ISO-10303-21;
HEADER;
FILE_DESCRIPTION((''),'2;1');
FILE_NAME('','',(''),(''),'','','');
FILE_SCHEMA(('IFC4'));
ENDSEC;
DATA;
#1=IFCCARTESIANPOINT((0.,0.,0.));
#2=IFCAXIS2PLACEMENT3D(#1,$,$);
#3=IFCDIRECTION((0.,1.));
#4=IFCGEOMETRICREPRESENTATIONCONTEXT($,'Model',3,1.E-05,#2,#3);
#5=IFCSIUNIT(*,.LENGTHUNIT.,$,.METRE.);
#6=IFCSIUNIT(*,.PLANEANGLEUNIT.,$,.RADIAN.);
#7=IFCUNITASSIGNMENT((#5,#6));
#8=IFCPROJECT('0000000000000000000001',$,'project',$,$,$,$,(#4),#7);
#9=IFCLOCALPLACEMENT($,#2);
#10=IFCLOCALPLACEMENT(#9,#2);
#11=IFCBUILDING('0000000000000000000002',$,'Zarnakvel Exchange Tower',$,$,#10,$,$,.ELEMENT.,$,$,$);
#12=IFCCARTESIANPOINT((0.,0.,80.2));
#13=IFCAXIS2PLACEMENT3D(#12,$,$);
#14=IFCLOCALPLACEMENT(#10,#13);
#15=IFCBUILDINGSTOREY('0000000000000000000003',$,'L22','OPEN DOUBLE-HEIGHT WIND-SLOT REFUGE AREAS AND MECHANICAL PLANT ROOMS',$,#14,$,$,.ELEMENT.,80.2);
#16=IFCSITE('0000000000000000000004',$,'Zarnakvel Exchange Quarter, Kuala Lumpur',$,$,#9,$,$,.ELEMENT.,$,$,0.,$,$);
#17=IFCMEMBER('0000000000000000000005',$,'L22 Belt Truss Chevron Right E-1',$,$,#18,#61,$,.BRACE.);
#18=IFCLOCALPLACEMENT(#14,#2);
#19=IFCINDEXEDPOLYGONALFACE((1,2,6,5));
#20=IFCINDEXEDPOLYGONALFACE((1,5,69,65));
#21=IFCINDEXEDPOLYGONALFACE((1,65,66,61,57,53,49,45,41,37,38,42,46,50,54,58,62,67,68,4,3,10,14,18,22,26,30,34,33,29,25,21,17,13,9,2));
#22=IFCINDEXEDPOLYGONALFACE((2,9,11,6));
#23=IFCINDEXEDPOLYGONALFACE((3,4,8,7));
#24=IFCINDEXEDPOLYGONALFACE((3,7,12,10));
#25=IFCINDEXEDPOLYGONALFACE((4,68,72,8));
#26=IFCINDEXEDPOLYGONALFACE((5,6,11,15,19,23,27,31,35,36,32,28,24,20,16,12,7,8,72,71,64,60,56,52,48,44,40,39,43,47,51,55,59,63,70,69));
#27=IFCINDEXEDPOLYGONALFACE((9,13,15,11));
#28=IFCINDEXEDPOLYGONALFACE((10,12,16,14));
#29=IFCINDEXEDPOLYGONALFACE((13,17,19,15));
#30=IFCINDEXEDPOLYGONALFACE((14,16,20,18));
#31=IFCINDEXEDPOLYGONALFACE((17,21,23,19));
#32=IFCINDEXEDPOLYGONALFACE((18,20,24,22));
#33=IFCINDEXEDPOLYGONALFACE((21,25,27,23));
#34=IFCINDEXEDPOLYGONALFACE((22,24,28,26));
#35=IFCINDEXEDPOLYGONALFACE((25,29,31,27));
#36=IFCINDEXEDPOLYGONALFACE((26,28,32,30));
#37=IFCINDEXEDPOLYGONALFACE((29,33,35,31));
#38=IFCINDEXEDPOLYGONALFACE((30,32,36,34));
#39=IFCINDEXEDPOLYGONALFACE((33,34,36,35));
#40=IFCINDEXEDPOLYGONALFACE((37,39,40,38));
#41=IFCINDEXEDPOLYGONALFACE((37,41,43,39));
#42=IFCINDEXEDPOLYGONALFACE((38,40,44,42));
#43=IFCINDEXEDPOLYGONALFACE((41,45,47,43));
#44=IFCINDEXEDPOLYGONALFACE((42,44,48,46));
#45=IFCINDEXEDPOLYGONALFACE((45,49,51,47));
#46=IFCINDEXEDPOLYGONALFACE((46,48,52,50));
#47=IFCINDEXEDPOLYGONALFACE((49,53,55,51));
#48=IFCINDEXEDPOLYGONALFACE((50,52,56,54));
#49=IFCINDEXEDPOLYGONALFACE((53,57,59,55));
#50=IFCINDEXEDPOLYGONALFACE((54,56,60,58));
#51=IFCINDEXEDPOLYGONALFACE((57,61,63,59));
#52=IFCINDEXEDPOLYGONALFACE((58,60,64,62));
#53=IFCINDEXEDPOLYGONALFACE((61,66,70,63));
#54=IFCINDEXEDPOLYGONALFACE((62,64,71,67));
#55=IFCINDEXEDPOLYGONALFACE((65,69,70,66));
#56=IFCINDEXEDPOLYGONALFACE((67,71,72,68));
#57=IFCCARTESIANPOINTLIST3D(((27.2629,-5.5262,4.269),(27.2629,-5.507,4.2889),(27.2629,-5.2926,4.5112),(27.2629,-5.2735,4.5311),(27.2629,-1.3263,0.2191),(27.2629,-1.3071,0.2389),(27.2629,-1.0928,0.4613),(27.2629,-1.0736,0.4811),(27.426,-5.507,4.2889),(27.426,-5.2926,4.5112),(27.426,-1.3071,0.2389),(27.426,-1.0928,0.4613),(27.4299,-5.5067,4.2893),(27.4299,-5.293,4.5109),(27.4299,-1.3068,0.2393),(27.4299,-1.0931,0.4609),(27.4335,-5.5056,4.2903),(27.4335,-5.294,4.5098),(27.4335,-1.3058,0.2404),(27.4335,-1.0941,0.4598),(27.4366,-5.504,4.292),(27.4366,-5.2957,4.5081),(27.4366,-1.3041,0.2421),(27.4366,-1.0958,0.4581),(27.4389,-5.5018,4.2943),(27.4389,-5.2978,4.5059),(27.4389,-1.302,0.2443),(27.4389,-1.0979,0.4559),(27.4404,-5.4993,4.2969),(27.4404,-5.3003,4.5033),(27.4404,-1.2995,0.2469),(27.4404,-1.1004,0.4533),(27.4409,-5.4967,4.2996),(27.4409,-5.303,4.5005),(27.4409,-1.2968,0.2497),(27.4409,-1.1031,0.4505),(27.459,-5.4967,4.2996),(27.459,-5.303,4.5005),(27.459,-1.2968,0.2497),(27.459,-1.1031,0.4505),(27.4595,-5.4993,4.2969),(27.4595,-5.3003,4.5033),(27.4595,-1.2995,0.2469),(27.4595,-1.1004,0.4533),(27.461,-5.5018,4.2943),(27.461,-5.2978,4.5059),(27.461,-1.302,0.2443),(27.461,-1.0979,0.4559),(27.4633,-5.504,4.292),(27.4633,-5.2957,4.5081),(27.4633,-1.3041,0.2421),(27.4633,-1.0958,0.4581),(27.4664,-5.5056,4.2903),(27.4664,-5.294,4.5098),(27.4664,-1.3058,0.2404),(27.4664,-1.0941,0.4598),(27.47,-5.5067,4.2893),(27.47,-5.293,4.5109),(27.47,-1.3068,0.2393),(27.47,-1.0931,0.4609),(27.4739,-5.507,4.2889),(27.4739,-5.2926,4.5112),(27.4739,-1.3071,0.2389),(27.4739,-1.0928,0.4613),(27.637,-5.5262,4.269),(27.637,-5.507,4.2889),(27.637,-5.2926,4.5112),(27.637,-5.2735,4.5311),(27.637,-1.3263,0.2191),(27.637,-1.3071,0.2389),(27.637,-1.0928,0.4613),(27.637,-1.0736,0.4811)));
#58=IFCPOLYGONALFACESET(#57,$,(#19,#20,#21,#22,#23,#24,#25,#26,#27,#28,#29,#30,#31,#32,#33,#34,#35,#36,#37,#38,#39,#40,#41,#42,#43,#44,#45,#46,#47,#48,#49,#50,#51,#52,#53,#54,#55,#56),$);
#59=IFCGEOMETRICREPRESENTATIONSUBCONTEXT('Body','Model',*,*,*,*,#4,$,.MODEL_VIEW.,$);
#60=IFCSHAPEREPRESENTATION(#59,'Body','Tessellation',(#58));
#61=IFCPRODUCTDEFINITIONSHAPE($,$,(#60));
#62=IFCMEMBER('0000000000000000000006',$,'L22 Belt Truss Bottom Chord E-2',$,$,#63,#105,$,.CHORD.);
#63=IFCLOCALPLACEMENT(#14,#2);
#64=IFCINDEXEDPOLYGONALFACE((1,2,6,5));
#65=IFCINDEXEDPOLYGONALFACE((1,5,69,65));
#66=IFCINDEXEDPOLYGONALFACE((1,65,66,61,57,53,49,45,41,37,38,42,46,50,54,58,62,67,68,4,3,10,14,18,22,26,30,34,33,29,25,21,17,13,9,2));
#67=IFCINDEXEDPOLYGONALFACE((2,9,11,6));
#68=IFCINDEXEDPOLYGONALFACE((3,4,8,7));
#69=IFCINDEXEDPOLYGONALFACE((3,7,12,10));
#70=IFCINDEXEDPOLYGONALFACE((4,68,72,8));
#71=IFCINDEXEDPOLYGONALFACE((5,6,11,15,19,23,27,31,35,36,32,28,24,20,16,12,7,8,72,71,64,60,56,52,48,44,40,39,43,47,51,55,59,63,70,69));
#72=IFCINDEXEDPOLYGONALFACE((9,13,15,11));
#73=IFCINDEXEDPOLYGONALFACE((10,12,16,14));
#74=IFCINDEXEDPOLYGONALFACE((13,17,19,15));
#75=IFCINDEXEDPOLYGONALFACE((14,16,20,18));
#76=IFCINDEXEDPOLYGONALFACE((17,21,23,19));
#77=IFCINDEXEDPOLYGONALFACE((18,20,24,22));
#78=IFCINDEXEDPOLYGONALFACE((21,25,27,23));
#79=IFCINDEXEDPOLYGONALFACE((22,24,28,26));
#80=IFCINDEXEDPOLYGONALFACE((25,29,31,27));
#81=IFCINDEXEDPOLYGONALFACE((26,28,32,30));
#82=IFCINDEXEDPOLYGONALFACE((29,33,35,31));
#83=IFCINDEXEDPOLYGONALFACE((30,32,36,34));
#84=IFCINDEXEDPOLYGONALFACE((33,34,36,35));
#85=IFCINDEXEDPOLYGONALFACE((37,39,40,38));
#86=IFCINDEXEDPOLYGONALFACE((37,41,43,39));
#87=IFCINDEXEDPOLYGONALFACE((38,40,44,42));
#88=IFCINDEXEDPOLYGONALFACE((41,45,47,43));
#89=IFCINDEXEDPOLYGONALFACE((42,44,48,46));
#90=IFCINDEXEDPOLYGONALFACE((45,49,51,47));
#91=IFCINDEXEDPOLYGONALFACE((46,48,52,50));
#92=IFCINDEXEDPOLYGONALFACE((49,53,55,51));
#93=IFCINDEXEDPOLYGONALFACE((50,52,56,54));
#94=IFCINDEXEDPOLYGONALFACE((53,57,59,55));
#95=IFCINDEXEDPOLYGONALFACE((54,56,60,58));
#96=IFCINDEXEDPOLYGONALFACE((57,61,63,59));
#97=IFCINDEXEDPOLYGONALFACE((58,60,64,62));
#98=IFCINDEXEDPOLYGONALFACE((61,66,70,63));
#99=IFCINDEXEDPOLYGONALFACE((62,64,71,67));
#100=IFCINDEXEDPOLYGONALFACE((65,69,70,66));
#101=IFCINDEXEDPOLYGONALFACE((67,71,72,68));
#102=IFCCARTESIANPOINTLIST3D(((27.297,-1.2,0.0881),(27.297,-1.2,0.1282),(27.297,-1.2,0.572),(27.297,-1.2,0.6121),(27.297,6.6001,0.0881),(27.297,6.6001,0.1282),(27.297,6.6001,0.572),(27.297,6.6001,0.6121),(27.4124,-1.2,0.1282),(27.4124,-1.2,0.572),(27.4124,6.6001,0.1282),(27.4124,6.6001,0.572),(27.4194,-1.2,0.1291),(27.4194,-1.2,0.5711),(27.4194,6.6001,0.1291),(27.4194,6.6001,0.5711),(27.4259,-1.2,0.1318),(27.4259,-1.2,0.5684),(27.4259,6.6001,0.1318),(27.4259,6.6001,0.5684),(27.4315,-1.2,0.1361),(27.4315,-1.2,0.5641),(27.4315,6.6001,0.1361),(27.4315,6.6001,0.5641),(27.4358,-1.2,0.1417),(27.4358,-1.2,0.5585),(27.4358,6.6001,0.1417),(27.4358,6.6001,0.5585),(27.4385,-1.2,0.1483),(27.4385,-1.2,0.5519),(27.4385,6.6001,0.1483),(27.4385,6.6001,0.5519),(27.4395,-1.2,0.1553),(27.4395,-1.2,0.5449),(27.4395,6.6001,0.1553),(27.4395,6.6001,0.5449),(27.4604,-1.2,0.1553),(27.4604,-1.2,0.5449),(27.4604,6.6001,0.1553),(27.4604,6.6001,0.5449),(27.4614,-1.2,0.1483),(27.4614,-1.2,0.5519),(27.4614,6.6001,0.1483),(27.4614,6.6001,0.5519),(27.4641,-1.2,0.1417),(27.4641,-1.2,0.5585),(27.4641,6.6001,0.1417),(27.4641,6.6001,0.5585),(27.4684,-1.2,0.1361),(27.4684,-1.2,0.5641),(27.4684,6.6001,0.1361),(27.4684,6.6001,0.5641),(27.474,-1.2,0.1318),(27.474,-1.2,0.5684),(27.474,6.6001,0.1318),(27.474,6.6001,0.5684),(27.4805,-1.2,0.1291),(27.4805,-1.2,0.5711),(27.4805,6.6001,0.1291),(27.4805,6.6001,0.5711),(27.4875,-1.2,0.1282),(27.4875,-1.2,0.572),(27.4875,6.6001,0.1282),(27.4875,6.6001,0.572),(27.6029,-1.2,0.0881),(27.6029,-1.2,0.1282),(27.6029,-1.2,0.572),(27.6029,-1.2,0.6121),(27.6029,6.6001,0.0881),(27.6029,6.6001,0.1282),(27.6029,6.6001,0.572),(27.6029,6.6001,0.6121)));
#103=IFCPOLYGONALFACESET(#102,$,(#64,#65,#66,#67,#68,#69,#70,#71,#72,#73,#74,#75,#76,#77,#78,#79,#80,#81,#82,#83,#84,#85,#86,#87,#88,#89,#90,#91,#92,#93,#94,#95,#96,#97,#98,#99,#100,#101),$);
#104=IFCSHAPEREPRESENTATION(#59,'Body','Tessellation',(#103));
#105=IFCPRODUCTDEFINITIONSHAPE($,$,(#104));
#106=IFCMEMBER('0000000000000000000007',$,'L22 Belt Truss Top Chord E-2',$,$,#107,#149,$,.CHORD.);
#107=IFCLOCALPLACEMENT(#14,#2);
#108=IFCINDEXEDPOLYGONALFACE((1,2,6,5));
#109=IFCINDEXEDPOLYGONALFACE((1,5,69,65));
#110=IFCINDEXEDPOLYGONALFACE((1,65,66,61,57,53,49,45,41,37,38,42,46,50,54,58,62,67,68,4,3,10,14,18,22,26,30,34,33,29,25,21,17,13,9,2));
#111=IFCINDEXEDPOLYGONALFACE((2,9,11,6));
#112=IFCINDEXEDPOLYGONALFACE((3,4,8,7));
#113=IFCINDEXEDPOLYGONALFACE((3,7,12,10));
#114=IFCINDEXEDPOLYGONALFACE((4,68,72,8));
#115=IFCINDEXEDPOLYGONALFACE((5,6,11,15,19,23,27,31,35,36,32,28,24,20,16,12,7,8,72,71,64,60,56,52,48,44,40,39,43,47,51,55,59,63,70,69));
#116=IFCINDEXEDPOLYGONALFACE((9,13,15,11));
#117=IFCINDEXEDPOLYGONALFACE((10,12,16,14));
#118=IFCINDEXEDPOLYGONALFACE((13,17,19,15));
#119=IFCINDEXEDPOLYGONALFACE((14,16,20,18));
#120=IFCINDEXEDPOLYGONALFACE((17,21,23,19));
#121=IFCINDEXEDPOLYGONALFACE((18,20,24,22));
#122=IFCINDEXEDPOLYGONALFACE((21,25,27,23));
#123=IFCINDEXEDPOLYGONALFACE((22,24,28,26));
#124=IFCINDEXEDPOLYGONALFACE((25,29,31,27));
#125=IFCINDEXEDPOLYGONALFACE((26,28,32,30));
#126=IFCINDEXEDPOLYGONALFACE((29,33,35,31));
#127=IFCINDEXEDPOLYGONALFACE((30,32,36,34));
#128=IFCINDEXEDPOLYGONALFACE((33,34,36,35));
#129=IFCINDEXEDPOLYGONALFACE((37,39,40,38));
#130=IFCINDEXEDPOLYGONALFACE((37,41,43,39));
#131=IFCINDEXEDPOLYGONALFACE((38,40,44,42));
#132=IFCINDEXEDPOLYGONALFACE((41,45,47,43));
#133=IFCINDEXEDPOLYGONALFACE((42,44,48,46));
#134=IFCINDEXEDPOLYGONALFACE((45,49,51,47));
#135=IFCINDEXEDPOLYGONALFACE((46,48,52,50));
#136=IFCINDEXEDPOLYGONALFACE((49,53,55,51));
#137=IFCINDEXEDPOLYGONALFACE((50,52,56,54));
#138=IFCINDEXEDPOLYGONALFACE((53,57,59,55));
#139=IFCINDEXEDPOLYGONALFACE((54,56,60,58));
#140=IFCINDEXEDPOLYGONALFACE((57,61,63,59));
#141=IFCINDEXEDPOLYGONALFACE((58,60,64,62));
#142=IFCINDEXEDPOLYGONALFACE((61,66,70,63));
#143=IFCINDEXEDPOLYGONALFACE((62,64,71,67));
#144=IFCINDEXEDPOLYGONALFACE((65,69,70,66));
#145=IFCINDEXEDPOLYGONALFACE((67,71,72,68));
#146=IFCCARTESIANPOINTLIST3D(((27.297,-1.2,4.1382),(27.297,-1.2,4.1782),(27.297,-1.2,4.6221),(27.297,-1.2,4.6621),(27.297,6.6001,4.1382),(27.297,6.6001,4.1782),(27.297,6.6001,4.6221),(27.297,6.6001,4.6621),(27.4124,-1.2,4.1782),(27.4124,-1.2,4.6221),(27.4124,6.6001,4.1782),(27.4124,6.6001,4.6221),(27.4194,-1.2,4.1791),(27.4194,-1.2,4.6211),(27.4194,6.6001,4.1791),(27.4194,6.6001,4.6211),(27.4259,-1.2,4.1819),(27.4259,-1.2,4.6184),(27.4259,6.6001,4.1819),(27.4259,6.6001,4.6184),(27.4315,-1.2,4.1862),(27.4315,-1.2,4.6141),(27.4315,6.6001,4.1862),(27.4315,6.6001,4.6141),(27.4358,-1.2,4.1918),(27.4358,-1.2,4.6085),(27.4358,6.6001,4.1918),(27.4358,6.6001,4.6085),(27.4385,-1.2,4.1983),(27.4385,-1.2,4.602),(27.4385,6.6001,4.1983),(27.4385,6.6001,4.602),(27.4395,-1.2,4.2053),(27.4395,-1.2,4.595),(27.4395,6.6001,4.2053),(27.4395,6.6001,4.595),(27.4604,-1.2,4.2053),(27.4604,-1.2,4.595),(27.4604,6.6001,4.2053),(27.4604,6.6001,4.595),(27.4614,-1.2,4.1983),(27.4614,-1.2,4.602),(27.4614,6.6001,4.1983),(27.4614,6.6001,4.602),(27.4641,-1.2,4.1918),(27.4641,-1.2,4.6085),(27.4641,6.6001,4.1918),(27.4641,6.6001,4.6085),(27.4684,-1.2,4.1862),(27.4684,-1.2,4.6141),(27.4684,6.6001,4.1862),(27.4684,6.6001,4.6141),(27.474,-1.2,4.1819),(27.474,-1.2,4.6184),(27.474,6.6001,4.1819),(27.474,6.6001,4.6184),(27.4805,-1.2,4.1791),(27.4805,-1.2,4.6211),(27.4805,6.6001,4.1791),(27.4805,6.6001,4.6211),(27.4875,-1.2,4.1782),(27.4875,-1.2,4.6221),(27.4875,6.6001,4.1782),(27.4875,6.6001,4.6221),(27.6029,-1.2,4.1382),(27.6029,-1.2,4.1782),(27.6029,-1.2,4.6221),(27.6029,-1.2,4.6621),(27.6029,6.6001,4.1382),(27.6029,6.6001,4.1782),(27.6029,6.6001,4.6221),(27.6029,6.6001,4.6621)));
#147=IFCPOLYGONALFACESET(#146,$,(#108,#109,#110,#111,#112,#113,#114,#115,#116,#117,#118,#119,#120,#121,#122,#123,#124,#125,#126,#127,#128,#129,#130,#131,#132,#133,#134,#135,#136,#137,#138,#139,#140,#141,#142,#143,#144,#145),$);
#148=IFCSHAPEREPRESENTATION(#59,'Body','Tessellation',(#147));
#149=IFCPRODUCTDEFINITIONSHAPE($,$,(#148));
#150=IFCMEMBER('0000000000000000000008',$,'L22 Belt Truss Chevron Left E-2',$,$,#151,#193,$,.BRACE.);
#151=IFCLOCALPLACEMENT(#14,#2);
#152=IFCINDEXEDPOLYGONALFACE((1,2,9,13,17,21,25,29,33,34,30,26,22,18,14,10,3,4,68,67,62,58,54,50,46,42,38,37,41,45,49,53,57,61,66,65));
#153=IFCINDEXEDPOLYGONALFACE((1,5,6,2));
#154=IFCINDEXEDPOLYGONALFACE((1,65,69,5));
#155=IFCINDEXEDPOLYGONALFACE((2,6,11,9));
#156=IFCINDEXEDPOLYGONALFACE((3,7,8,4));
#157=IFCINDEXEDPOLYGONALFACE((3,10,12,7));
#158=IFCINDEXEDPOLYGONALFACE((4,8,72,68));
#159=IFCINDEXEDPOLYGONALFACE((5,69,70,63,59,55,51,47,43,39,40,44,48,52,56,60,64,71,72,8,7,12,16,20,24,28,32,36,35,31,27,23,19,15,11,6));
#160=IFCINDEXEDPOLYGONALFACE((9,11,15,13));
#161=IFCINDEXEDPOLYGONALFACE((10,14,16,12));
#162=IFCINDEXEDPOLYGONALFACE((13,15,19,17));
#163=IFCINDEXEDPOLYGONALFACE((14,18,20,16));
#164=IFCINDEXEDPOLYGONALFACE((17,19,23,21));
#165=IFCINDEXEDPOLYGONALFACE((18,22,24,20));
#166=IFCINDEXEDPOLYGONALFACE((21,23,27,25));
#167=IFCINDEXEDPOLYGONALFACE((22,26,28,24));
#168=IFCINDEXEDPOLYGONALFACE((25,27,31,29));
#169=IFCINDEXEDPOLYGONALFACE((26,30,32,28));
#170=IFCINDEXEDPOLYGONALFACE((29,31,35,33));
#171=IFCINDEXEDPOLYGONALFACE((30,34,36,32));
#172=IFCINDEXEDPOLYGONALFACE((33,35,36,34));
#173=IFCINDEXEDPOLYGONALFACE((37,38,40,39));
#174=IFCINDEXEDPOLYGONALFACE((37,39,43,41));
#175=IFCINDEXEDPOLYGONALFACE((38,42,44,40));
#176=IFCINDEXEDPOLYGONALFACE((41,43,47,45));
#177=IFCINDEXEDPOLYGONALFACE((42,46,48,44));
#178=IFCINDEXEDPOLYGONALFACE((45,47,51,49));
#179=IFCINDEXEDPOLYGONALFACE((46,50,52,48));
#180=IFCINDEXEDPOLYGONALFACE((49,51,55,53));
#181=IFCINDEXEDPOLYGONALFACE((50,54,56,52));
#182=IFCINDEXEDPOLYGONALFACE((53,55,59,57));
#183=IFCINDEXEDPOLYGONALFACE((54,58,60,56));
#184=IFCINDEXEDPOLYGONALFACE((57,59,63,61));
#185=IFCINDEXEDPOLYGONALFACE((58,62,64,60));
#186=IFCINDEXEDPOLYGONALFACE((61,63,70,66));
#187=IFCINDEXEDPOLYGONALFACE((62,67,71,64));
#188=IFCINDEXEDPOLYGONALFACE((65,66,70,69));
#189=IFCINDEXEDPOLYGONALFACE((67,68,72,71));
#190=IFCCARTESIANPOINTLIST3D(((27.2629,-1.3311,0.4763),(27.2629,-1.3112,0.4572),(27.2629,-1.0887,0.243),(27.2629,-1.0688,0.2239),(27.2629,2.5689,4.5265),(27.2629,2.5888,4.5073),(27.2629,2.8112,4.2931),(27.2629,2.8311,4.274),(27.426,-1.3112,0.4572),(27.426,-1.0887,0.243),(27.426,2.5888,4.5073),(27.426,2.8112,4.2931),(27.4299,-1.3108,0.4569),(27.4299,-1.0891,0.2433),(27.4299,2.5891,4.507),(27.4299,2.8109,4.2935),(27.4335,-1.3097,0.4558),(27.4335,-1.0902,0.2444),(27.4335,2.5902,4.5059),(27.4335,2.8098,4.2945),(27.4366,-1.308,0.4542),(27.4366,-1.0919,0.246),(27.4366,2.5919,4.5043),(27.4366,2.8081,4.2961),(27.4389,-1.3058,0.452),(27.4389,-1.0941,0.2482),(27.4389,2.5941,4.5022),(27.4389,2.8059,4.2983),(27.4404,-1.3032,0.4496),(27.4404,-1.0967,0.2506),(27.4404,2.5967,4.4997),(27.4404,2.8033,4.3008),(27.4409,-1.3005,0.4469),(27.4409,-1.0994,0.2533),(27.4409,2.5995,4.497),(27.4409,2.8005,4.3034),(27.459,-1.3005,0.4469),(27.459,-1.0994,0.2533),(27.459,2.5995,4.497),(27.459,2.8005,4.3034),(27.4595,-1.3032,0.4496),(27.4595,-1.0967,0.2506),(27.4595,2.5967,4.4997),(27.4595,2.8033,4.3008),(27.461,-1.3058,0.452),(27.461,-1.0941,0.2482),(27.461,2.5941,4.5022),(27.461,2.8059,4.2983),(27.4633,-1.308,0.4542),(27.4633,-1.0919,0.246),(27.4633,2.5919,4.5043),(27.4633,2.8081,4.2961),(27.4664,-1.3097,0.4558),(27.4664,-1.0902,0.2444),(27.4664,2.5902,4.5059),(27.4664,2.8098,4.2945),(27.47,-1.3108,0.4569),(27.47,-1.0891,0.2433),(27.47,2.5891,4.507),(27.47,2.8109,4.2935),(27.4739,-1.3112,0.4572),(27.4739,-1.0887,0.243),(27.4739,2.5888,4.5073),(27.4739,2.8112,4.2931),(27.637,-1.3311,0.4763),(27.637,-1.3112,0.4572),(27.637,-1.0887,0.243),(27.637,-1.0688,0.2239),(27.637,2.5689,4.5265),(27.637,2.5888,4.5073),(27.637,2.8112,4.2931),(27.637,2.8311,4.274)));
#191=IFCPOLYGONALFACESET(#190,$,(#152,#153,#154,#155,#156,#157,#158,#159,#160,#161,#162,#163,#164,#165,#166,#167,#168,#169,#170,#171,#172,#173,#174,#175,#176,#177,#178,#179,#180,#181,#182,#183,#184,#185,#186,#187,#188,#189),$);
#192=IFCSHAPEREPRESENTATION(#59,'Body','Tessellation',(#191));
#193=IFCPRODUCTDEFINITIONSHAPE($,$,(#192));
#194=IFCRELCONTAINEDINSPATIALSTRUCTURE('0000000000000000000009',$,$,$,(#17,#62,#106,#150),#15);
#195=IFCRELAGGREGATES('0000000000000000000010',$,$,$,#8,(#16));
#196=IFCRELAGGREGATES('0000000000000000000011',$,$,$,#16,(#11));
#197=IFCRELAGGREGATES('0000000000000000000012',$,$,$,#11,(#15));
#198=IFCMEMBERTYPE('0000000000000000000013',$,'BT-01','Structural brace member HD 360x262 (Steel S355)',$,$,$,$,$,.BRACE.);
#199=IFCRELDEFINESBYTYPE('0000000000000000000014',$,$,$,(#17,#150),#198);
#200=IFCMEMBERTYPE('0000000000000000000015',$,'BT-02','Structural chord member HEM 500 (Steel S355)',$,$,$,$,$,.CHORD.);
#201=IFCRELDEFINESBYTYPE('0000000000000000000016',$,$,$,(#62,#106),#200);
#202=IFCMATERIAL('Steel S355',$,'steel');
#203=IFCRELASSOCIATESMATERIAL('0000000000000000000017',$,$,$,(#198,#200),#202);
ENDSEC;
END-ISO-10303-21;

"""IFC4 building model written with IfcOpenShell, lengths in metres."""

from ifc_helpers import new_model, si_unit, direction, frame, origin, origin_2d, place, context, subcontext, project, spatial, i_section, extrude, source, transform, mapped, material, material_profile, profile_set, type_object, element, save


model = new_model("IFC4")

# Units and contexts
model_context = context("Model", 3, precision=1e-05, world=origin(), true_north=direction((0.0, 1.0)))
body_context = subcontext(model_context, "Body", "Model", "MODEL_VIEW")
ifc_project = project(units=[si_unit("LENGTHUNIT", "METRE"), si_unit("PLANEANGLEUNIT", "RADIAN")], contexts=[model_context])

# Site, building, storey
site_placement = place(None, origin())
site = spatial("IfcSite", under=ifc_project, at=site_placement, Name="Zarnakvel Exchange Quarter, Kuala Lumpur", CompositionType="ELEMENT", RefElevation=0.0)
building_placement = place(site_placement, origin())
building = spatial("IfcBuilding", under=site, at=building_placement, Name="Zarnakvel Exchange Tower", CompositionType="ELEMENT")
storey_placement = place(building_placement, frame((0.0, 0.0, 80.2)))
storey = spatial("IfcBuildingStorey", under=building, at=storey_placement, Name="L22", Description="OPEN DOUBLE-HEIGHT WIND-SLOT REFUGE AREAS AND MECHANICAL PLANT ROOMS", CompositionType="ELEMENT", Elevation=80.2)

# Shared definitions
ifc_material_1 = material(Name="Steel S355", Category="steel")

# Members
ifc_material_profile_1 = material_profile(ifc_material_1, i_section(OverallWidth=0.374, OverallDepth=0.364, WebThickness=0.0181, FlangeThickness=0.0276, FilletRadius=0.0149, at=origin_2d()))
ifc_profile_set_1 = profile_set([ifc_material_profile_1], Name="Steel S355")
member_type_1 = type_object("IfcMemberType", Name="BT-01", Description="Structural brace member HD 360x262 (Steel S355)", PredefinedType="BRACE", material=ifc_profile_set_1)
shared_shape_1 = source(origin(), body_context, "Body", "SweptSolid", [
    extrude(i_section(OverallWidth=0.374, OverallDepth=0.364, WebThickness=0.0181, FlangeThickness=0.0276, FilletRadius=0.0149, at=origin_2d()), origin(), (0.0, 0.0, 1.0), 5.8345),
])
member_1_placement = place(storey_placement, frame((27.45, -1.2, 0.3501), z_axis=(0.0, -0.719836, 0.694144), x_axis=(1.0, 0.0, 0.0)))
element("IfcMember", 1, at=member_1_placement, inside=storey, type_object=member_type_1, Name="L22 Belt Truss Chevron Right E-1", PredefinedType="BRACE", context=body_context, shape_type="MappedRepresentation", body=[
    mapped(shared_shape_1, transform((0.0, 0.0, 0.0), x_axis=(1.0, 0.0, 0.0), y_axis=(0.0, 1.0, 0.0), z_axis=(0.0, 0.0, 1.0), scale=1.0)),
])
ifc_material_profile_2 = material_profile(ifc_material_1, i_section(OverallWidth=0.3059, OverallDepth=0.5239, WebThickness=0.021, FlangeThickness=0.04, FilletRadius=0.0271, at=origin_2d()))
ifc_profile_set_2 = profile_set([ifc_material_profile_2], Name="Steel S355")
member_type_2 = type_object("IfcMemberType", Name="BT-02", Description="Structural chord member HEM 500 (Steel S355)", PredefinedType="CHORD", material=ifc_profile_set_2)
shared_shape_2 = source(origin(), body_context, "Body", "SweptSolid", [
    extrude(i_section(OverallWidth=0.3059, OverallDepth=0.5239, WebThickness=0.021, FlangeThickness=0.04, FilletRadius=0.0271, at=origin_2d()), origin(), (0.0, 0.0, 1.0), 7.8),
])
for number, where, z_axis, x_axis, name in (
    (2, (27.45, -1.2, 0.3501), (0.0, 1.0, 0.0), (-1.0, 0.0, 0.0), "L22 Belt Truss Bottom Chord E-2"),
    (3, (27.45, -1.2, 4.4001), (0.0, 1.0, 0.0), (-1.0, 0.0, 0.0), "L22 Belt Truss Top Chord E-2"),
):
    element("IfcMember", number, at=place(storey_placement, frame(where, z_axis=z_axis, x_axis=x_axis)), inside=storey, type_object=member_type_2, Name=name, PredefinedType="CHORD", context=body_context, shape_type="MappedRepresentation", body=[
        mapped(shared_shape_2, transform((0.0, 0.0, 0.0), x_axis=(1.0, 0.0, 0.0), y_axis=(0.0, 1.0, 0.0), z_axis=(0.0, 0.0, 1.0), scale=1.0)),
    ])
shared_shape_3 = source(origin(), body_context, "Body", "SweptSolid", [
    extrude(i_section(OverallWidth=0.374, OverallDepth=0.364, WebThickness=0.0181, FlangeThickness=0.0276, FilletRadius=0.0149, at=origin_2d()), origin(), (0.0, 0.0, 1.0), 5.6226),
])
member_2_placement = place(storey_placement, frame((27.45, -1.2, 0.3501), z_axis=(0.0, 0.693628, 0.720333), x_axis=(-1.0, 0.0, 0.0)))
element("IfcMember", 4, at=member_2_placement, inside=storey, type_object=member_type_1, Name="L22 Belt Truss Chevron Left E-2", PredefinedType="BRACE", context=body_context, shape_type="MappedRepresentation", body=[
    mapped(shared_shape_3, transform((0.0, 0.0, 0.0), x_axis=(1.0, 0.0, 0.0), y_axis=(0.0, 1.0, 0.0), z_axis=(0.0, 0.0, 1.0), scale=1.0)),
])

save(model, "model.ifc")
